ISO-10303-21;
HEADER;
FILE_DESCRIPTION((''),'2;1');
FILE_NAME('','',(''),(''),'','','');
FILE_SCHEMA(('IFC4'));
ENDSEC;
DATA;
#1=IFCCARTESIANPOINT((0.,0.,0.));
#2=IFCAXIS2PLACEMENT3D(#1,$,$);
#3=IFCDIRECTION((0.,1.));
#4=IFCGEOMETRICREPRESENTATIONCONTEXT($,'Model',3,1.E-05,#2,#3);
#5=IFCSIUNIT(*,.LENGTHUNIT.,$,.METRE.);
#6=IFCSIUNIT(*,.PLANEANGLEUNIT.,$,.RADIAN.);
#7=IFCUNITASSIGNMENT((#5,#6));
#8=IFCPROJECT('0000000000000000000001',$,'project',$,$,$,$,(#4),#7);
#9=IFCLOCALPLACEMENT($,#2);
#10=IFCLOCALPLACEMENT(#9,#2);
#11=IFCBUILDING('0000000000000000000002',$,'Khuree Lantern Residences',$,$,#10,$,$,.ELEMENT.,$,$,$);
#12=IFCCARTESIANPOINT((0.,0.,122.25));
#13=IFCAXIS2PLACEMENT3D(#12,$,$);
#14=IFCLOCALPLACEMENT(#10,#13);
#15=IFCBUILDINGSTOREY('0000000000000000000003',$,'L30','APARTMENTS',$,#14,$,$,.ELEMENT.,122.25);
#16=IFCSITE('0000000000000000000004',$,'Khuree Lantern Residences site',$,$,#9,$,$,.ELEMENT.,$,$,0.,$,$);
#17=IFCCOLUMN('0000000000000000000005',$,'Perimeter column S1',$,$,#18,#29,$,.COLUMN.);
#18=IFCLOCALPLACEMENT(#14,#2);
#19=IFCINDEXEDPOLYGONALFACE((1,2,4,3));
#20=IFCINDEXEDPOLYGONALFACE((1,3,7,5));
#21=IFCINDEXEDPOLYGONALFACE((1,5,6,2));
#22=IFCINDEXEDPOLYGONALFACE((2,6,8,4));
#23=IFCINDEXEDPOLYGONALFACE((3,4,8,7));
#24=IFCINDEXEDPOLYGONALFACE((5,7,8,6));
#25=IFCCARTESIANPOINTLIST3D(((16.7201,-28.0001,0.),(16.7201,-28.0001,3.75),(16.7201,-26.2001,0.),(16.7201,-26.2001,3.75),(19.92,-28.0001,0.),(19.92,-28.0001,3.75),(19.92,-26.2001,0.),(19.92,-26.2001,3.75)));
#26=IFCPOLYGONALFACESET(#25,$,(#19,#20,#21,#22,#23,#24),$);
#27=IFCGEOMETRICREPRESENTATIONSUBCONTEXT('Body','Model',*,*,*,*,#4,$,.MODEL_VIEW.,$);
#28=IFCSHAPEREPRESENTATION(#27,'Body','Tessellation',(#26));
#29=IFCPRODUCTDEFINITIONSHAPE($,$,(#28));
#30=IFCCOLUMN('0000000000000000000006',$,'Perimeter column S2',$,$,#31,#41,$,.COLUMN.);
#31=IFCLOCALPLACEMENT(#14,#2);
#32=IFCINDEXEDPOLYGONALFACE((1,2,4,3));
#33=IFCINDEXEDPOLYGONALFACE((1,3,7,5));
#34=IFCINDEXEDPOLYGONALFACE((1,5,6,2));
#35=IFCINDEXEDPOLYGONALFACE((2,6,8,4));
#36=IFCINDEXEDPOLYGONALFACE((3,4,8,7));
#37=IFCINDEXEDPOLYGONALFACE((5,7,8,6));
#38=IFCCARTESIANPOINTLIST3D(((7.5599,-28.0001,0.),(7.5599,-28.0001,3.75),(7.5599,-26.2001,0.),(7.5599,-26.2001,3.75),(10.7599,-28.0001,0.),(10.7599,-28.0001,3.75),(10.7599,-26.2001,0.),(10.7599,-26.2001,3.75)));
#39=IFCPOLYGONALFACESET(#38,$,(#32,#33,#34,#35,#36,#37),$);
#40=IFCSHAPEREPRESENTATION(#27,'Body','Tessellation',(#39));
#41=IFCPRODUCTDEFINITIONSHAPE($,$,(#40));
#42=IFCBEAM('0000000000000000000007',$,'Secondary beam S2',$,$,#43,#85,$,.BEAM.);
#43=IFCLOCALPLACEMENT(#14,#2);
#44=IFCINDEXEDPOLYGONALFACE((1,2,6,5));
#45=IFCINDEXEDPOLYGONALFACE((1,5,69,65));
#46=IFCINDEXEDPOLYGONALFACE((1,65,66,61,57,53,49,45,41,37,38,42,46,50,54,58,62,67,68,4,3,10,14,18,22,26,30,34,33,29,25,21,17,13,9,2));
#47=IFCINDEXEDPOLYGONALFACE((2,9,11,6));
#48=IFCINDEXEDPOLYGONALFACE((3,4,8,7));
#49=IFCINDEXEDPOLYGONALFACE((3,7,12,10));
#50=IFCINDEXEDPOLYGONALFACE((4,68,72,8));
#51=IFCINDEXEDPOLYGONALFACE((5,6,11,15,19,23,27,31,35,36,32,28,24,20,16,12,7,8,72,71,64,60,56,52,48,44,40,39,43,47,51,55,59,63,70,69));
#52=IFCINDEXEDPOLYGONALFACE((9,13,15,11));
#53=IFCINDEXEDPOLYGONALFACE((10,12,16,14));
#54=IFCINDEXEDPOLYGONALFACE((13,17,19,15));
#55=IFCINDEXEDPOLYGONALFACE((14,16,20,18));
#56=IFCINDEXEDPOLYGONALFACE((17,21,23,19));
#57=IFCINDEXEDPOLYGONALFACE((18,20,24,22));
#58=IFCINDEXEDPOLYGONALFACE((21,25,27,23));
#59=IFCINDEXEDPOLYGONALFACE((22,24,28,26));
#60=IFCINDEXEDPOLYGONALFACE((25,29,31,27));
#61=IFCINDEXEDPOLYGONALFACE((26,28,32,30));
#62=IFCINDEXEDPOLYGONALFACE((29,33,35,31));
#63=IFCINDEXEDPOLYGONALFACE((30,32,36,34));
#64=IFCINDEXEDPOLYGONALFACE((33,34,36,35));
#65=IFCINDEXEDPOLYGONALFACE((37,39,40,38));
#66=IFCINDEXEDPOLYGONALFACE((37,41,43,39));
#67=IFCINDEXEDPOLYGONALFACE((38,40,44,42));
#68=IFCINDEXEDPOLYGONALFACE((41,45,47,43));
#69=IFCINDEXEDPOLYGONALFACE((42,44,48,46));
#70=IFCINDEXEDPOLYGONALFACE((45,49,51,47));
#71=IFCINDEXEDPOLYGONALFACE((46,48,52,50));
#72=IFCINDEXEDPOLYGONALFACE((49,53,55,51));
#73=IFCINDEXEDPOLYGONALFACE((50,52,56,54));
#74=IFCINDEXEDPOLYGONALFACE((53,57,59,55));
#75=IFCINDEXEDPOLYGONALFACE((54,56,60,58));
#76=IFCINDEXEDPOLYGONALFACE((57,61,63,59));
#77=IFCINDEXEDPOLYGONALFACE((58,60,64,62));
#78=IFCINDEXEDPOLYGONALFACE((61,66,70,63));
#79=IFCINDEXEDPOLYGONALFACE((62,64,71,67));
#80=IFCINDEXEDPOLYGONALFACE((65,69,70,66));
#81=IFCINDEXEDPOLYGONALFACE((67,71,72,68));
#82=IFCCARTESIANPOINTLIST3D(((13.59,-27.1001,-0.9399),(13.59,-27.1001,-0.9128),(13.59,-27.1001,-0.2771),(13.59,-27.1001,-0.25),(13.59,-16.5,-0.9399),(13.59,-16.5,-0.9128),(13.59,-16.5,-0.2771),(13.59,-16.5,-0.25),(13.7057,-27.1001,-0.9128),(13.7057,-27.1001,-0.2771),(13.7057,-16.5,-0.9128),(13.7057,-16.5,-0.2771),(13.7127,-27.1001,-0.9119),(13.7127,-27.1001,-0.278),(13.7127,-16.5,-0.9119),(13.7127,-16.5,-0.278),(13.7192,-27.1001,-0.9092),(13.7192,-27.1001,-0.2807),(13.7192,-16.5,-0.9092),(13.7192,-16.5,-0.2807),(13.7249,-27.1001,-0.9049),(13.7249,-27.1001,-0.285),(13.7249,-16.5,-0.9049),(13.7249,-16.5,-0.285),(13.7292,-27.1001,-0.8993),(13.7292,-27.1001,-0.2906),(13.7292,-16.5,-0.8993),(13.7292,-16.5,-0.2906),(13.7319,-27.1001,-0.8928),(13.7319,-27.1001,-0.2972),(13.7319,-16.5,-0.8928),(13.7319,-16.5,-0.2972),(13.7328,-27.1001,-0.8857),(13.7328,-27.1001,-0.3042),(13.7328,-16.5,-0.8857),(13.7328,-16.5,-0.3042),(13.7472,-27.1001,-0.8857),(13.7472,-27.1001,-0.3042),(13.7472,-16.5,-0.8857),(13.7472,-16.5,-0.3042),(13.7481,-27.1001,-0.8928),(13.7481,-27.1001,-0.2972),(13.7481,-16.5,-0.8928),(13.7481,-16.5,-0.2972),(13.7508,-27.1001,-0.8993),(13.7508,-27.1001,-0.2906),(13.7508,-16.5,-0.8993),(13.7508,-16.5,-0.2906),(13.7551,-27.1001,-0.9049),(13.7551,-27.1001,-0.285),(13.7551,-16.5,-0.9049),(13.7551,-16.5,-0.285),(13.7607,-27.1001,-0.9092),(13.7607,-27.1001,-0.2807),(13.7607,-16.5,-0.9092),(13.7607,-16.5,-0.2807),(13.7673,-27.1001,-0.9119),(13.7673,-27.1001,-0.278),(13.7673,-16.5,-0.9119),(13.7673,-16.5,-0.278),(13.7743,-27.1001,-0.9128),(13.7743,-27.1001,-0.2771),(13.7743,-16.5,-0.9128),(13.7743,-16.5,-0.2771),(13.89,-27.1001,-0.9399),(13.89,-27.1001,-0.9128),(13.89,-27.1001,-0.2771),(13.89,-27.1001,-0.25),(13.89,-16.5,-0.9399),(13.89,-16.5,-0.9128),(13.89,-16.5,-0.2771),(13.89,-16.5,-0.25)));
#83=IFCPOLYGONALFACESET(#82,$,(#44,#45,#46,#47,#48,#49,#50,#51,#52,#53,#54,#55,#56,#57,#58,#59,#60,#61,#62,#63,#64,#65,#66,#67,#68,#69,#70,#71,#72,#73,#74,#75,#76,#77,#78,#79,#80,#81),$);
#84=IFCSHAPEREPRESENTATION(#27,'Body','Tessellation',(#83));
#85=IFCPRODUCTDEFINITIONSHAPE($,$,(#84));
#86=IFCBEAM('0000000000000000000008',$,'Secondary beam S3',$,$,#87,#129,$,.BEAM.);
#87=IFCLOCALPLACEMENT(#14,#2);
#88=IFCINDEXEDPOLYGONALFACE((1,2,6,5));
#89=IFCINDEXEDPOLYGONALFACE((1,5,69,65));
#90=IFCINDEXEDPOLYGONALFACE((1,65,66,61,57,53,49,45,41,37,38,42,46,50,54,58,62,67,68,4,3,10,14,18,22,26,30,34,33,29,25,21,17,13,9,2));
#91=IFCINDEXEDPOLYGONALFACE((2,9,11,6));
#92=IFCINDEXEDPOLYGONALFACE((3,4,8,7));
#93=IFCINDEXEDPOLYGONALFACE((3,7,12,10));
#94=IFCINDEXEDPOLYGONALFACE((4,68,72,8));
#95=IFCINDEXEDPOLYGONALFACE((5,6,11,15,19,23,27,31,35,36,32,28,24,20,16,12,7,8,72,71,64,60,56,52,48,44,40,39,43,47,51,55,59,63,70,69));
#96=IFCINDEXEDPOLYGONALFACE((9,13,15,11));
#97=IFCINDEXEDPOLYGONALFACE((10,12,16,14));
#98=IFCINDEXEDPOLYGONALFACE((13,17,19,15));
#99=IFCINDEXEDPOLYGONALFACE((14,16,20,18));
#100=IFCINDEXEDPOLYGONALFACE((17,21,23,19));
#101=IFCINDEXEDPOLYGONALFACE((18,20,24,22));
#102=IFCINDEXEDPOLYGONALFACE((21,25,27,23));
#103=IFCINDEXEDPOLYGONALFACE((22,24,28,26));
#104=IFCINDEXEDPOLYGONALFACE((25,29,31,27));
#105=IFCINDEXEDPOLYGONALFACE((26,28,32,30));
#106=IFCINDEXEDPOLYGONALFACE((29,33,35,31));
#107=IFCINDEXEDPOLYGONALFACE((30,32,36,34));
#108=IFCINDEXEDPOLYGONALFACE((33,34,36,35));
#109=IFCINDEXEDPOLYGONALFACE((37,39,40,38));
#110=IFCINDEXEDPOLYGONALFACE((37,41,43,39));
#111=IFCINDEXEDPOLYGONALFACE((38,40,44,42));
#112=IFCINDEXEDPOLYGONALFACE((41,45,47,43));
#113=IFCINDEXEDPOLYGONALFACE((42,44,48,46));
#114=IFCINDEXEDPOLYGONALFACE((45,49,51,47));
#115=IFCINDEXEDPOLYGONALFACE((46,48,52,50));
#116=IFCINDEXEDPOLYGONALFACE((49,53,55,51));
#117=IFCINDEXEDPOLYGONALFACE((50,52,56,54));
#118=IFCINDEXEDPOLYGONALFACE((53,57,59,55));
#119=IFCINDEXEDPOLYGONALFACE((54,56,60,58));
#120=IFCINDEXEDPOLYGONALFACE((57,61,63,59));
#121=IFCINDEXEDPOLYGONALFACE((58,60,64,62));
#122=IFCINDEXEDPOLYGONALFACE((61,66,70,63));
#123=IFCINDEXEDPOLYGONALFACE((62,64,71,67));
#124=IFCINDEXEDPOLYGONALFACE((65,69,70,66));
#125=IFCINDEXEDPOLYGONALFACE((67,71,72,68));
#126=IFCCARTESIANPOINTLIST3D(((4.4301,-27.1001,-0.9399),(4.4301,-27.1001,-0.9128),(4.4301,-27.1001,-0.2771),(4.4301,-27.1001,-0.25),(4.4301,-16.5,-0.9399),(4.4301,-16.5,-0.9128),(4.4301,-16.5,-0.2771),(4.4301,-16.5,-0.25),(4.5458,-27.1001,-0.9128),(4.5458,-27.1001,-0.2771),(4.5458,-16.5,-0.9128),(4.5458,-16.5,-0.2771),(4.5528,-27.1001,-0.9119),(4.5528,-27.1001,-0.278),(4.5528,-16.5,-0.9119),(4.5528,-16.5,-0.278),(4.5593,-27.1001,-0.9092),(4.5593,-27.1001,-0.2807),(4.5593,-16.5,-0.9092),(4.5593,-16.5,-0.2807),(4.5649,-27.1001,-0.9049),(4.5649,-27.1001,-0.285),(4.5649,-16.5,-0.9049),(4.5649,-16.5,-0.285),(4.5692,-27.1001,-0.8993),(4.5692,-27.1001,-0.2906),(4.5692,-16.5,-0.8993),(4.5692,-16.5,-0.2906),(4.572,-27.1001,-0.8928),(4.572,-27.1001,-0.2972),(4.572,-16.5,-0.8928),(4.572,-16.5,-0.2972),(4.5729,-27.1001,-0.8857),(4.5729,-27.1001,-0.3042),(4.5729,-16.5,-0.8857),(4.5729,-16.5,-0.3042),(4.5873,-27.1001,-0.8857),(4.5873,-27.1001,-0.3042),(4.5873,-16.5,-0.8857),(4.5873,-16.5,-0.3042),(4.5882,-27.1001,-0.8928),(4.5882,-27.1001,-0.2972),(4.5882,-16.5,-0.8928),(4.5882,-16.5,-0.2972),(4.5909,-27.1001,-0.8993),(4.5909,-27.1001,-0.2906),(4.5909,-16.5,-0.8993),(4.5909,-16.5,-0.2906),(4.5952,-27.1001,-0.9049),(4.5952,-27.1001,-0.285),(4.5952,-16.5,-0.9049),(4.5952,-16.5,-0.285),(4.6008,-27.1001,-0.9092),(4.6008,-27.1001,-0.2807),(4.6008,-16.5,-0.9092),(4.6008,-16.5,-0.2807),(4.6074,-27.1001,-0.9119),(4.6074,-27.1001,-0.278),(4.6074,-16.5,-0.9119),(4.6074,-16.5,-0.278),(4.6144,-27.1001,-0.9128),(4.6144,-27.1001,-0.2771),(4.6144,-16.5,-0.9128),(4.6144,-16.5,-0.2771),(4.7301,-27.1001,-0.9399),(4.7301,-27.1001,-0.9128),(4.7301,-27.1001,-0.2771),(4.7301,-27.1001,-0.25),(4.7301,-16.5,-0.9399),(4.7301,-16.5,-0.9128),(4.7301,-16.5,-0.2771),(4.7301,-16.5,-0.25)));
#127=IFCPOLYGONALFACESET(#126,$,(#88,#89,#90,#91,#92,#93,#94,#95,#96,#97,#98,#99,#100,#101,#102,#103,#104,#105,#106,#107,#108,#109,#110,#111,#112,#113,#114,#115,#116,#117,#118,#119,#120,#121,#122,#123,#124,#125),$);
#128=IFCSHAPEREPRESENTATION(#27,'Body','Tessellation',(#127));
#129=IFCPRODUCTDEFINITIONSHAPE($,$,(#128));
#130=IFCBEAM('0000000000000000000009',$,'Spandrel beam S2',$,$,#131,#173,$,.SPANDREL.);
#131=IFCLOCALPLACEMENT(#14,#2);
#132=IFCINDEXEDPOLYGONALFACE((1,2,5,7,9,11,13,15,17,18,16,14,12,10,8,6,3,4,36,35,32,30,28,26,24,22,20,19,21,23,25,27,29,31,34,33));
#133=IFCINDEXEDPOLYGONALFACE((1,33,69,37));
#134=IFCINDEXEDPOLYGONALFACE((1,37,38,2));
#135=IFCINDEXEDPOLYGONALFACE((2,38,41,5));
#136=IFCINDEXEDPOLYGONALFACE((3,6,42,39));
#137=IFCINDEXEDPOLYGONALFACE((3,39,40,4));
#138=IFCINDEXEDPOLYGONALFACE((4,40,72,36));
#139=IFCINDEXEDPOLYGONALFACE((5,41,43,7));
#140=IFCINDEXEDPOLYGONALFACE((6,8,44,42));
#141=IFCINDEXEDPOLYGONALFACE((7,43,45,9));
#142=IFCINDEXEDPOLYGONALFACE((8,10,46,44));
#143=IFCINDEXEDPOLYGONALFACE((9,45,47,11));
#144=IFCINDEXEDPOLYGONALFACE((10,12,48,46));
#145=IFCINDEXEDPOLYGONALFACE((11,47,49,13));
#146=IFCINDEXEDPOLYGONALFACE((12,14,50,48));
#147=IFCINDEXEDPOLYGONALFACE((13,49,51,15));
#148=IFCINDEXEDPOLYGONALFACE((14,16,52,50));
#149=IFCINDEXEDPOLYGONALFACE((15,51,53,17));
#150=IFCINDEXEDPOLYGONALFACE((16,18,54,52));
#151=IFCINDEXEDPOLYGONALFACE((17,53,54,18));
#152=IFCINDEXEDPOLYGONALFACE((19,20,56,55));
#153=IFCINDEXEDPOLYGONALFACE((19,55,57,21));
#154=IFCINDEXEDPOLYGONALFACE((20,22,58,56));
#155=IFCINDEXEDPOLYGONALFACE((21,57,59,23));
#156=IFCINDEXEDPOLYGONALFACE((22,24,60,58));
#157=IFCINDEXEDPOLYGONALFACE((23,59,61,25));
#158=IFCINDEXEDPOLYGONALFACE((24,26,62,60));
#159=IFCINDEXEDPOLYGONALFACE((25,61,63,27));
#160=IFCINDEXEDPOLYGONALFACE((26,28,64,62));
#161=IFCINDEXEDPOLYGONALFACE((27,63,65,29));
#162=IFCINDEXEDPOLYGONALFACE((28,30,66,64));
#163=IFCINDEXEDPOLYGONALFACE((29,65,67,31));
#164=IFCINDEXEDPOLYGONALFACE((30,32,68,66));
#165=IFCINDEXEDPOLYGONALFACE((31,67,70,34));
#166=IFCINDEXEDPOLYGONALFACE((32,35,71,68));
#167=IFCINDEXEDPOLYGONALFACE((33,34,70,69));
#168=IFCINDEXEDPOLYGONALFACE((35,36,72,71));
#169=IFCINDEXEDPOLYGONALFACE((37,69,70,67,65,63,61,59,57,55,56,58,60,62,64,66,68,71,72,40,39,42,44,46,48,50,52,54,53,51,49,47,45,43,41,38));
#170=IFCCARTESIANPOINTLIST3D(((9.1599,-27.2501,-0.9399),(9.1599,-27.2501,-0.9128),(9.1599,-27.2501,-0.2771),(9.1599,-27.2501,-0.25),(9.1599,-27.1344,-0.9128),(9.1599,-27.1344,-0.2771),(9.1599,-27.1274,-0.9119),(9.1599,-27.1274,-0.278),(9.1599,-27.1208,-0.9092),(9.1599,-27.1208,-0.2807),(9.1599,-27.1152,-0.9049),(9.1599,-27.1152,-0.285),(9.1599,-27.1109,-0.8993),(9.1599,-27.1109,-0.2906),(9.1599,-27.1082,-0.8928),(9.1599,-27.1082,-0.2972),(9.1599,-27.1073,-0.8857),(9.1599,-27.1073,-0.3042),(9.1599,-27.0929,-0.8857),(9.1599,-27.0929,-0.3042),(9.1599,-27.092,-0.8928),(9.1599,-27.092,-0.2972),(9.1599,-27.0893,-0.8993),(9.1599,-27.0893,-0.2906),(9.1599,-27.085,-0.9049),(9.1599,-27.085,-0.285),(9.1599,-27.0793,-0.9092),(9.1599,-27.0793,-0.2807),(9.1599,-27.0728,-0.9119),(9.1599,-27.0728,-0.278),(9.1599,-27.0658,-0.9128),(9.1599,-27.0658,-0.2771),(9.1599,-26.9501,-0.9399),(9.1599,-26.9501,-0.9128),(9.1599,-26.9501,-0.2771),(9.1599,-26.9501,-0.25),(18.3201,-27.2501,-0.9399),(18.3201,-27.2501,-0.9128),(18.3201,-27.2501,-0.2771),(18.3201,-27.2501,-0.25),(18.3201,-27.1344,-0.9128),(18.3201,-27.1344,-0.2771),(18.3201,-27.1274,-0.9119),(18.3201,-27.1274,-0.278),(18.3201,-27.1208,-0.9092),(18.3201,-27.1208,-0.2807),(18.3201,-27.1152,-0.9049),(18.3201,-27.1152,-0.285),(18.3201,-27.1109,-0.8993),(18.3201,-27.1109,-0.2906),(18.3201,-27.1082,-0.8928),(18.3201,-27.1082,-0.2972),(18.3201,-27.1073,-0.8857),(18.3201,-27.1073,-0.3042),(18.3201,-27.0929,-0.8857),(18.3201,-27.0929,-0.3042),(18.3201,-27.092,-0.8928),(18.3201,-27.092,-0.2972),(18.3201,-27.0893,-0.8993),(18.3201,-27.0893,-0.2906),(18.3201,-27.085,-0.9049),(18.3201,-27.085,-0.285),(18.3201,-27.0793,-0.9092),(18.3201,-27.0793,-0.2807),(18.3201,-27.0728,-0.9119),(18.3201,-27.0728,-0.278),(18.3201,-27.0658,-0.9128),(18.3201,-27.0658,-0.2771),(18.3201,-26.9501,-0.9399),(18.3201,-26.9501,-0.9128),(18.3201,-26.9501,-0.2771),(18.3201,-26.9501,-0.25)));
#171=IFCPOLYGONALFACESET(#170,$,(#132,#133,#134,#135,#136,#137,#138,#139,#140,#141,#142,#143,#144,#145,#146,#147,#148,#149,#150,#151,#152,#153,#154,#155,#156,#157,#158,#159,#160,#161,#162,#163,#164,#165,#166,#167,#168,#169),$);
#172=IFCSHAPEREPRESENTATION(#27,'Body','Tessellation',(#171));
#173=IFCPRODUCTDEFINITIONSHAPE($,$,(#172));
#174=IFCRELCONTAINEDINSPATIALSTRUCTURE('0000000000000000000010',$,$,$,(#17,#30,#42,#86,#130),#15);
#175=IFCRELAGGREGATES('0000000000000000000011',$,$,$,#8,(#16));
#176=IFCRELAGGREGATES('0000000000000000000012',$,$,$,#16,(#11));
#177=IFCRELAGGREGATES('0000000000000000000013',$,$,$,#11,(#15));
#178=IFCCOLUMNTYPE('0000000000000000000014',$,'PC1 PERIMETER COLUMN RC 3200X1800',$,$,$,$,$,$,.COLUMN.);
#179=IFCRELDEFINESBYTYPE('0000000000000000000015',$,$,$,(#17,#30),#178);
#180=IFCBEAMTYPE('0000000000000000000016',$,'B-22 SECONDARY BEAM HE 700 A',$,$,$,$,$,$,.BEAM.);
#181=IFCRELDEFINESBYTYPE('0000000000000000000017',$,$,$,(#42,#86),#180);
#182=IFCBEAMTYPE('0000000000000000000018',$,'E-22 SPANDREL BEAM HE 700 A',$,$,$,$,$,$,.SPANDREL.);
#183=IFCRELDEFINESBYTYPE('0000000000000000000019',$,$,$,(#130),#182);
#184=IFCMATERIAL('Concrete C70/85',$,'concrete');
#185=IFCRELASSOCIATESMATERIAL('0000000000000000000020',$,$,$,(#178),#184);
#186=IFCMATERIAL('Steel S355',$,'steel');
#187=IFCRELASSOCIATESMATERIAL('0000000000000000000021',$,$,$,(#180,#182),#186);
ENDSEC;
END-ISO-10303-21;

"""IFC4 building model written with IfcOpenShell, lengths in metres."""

from ifc_helpers import new_model, si_unit, direction, frame, origin, origin_2d, place, context, subcontext, project, spatial, rectangle, i_section, extrude, material, material_profile, profile_set, type_object, element, save


model = new_model("IFC4")

# Units and contexts
model_context = context("Model", 3, precision=1e-05, world=origin(), true_north=direction((0.0, 1.0)))
body_context = subcontext(model_context, "Body", "Model", "MODEL_VIEW")
ifc_project = project(units=[si_unit("LENGTHUNIT", "METRE"), si_unit("PLANEANGLEUNIT", "RADIAN")], contexts=[model_context])

# Site, building, storey
site_placement = place(None, origin())
site = spatial("IfcSite", under=ifc_project, at=site_placement, Name="Khuree Lantern Residences site", CompositionType="ELEMENT", RefElevation=0.0)
building_placement = place(site_placement, origin())
building = spatial("IfcBuilding", under=site, at=building_placement, Name="Khuree Lantern Residences", CompositionType="ELEMENT")
storey_placement = place(building_placement, frame((0.0, 0.0, 122.25)))
storey = spatial("IfcBuildingStorey", under=building, at=storey_placement, Name="L30", Description="APARTMENTS", CompositionType="ELEMENT", Elevation=122.25)

# Columns
ifc_material_1 = material(Name="Concrete C70/85", Category="concrete")
ifc_material_profile_1 = material_profile(ifc_material_1, rectangle(XDim=3.2, YDim=1.8, at=origin_2d()), Name="RC 3200X1800")
ifc_profile_set_1 = profile_set([ifc_material_profile_1], Name="Concrete C70/85")
column_type = type_object("IfcColumnType", Name="PC1 PERIMETER COLUMN RC 3200X1800", PredefinedType="COLUMN", material=ifc_profile_set_1)
for number, where, z_axis, x_axis, name in (
    (1, (18.3201, -27.1001, 0.0), (0.0, 0.0, 1.0), (1.0, 0.0, 0.0), "Perimeter column S1"),
    (2, (9.1599, -27.1001, 0.0), (0.0, 0.0, 1.0), (1.0, 0.0, 0.0), "Perimeter column S2"),
):
    element("IfcColumn", number, at=place(storey_placement, frame(where, z_axis=z_axis, x_axis=x_axis)), inside=storey, type_object=column_type, Name=name, PredefinedType="COLUMN", context=body_context, shape_type="SweptSolid", body=[
        extrude(rectangle(XDim=3.2, YDim=1.8, at=origin_2d()), origin(), (0.0, 0.0, 1.0), 3.75),
    ])

# Beams
ifc_material_2 = material(Name="Steel S355", Category="steel")
ifc_material_profile_2 = material_profile(ifc_material_2, i_section(OverallWidth=0.3, OverallDepth=0.6899, WebThickness=0.0144, FlangeThickness=0.0271, FilletRadius=0.0271, at=origin_2d()), Name="HE 700 A")
ifc_profile_set_2 = profile_set([ifc_material_profile_2], Name="Steel S355")
beam_type_1 = type_object("IfcBeamType", Name="B-22 SECONDARY BEAM HE 700 A", PredefinedType="BEAM", material=ifc_profile_set_2)
for number, where, z_axis, x_axis, name in (
    (3, (13.74, -27.1001, -0.595), (0.0, 1.0, 0.0), (-1.0, 0.0, 0.0), "Secondary beam S2"),
    (4, (4.5801, -27.1001, -0.595), (0.0, 1.0, 0.0), (-1.0, 0.0, 0.0), "Secondary beam S3"),
):
    element("IfcBeam", number, at=place(storey_placement, frame(where, z_axis=z_axis, x_axis=x_axis)), inside=storey, type_object=beam_type_1, Name=name, PredefinedType="BEAM", context=body_context, shape_type="SweptSolid", body=[
        extrude(i_section(OverallWidth=0.3, OverallDepth=0.6899, WebThickness=0.0144, FlangeThickness=0.0271, FilletRadius=0.0271, at=origin_2d()), origin(), (0.0, 0.0, 1.0), 10.6001),
    ])
ifc_material_profile_3 = material_profile(ifc_material_2, i_section(OverallWidth=0.3, OverallDepth=0.6899, WebThickness=0.0144, FlangeThickness=0.0271, FilletRadius=0.0271, at=origin_2d()), Name="HE 700 A")
ifc_profile_set_3 = profile_set([ifc_material_profile_3], Name="Steel S355")
beam_type_2 = type_object("IfcBeamType", Name="E-22 SPANDREL BEAM HE 700 A", PredefinedType="SPANDREL", material=ifc_profile_set_3)
beam_1_placement = place(storey_placement, frame((18.3201, -27.1001, -0.595), z_axis=(-1.0, 0.0, 0.0), x_axis=(0.0, -1.0, 0.0)))
element("IfcBeam", 5, at=beam_1_placement, inside=storey, type_object=beam_type_2, Name="Spandrel beam S2", PredefinedType="SPANDREL", context=body_context, shape_type="SweptSolid", body=[
    extrude(i_section(OverallWidth=0.3, OverallDepth=0.6899, WebThickness=0.0144, FlangeThickness=0.0271, FilletRadius=0.0271, at=origin_2d()), origin(), (0.0, 0.0, 1.0), 9.1602),
])

save(model, "model.ifc")
